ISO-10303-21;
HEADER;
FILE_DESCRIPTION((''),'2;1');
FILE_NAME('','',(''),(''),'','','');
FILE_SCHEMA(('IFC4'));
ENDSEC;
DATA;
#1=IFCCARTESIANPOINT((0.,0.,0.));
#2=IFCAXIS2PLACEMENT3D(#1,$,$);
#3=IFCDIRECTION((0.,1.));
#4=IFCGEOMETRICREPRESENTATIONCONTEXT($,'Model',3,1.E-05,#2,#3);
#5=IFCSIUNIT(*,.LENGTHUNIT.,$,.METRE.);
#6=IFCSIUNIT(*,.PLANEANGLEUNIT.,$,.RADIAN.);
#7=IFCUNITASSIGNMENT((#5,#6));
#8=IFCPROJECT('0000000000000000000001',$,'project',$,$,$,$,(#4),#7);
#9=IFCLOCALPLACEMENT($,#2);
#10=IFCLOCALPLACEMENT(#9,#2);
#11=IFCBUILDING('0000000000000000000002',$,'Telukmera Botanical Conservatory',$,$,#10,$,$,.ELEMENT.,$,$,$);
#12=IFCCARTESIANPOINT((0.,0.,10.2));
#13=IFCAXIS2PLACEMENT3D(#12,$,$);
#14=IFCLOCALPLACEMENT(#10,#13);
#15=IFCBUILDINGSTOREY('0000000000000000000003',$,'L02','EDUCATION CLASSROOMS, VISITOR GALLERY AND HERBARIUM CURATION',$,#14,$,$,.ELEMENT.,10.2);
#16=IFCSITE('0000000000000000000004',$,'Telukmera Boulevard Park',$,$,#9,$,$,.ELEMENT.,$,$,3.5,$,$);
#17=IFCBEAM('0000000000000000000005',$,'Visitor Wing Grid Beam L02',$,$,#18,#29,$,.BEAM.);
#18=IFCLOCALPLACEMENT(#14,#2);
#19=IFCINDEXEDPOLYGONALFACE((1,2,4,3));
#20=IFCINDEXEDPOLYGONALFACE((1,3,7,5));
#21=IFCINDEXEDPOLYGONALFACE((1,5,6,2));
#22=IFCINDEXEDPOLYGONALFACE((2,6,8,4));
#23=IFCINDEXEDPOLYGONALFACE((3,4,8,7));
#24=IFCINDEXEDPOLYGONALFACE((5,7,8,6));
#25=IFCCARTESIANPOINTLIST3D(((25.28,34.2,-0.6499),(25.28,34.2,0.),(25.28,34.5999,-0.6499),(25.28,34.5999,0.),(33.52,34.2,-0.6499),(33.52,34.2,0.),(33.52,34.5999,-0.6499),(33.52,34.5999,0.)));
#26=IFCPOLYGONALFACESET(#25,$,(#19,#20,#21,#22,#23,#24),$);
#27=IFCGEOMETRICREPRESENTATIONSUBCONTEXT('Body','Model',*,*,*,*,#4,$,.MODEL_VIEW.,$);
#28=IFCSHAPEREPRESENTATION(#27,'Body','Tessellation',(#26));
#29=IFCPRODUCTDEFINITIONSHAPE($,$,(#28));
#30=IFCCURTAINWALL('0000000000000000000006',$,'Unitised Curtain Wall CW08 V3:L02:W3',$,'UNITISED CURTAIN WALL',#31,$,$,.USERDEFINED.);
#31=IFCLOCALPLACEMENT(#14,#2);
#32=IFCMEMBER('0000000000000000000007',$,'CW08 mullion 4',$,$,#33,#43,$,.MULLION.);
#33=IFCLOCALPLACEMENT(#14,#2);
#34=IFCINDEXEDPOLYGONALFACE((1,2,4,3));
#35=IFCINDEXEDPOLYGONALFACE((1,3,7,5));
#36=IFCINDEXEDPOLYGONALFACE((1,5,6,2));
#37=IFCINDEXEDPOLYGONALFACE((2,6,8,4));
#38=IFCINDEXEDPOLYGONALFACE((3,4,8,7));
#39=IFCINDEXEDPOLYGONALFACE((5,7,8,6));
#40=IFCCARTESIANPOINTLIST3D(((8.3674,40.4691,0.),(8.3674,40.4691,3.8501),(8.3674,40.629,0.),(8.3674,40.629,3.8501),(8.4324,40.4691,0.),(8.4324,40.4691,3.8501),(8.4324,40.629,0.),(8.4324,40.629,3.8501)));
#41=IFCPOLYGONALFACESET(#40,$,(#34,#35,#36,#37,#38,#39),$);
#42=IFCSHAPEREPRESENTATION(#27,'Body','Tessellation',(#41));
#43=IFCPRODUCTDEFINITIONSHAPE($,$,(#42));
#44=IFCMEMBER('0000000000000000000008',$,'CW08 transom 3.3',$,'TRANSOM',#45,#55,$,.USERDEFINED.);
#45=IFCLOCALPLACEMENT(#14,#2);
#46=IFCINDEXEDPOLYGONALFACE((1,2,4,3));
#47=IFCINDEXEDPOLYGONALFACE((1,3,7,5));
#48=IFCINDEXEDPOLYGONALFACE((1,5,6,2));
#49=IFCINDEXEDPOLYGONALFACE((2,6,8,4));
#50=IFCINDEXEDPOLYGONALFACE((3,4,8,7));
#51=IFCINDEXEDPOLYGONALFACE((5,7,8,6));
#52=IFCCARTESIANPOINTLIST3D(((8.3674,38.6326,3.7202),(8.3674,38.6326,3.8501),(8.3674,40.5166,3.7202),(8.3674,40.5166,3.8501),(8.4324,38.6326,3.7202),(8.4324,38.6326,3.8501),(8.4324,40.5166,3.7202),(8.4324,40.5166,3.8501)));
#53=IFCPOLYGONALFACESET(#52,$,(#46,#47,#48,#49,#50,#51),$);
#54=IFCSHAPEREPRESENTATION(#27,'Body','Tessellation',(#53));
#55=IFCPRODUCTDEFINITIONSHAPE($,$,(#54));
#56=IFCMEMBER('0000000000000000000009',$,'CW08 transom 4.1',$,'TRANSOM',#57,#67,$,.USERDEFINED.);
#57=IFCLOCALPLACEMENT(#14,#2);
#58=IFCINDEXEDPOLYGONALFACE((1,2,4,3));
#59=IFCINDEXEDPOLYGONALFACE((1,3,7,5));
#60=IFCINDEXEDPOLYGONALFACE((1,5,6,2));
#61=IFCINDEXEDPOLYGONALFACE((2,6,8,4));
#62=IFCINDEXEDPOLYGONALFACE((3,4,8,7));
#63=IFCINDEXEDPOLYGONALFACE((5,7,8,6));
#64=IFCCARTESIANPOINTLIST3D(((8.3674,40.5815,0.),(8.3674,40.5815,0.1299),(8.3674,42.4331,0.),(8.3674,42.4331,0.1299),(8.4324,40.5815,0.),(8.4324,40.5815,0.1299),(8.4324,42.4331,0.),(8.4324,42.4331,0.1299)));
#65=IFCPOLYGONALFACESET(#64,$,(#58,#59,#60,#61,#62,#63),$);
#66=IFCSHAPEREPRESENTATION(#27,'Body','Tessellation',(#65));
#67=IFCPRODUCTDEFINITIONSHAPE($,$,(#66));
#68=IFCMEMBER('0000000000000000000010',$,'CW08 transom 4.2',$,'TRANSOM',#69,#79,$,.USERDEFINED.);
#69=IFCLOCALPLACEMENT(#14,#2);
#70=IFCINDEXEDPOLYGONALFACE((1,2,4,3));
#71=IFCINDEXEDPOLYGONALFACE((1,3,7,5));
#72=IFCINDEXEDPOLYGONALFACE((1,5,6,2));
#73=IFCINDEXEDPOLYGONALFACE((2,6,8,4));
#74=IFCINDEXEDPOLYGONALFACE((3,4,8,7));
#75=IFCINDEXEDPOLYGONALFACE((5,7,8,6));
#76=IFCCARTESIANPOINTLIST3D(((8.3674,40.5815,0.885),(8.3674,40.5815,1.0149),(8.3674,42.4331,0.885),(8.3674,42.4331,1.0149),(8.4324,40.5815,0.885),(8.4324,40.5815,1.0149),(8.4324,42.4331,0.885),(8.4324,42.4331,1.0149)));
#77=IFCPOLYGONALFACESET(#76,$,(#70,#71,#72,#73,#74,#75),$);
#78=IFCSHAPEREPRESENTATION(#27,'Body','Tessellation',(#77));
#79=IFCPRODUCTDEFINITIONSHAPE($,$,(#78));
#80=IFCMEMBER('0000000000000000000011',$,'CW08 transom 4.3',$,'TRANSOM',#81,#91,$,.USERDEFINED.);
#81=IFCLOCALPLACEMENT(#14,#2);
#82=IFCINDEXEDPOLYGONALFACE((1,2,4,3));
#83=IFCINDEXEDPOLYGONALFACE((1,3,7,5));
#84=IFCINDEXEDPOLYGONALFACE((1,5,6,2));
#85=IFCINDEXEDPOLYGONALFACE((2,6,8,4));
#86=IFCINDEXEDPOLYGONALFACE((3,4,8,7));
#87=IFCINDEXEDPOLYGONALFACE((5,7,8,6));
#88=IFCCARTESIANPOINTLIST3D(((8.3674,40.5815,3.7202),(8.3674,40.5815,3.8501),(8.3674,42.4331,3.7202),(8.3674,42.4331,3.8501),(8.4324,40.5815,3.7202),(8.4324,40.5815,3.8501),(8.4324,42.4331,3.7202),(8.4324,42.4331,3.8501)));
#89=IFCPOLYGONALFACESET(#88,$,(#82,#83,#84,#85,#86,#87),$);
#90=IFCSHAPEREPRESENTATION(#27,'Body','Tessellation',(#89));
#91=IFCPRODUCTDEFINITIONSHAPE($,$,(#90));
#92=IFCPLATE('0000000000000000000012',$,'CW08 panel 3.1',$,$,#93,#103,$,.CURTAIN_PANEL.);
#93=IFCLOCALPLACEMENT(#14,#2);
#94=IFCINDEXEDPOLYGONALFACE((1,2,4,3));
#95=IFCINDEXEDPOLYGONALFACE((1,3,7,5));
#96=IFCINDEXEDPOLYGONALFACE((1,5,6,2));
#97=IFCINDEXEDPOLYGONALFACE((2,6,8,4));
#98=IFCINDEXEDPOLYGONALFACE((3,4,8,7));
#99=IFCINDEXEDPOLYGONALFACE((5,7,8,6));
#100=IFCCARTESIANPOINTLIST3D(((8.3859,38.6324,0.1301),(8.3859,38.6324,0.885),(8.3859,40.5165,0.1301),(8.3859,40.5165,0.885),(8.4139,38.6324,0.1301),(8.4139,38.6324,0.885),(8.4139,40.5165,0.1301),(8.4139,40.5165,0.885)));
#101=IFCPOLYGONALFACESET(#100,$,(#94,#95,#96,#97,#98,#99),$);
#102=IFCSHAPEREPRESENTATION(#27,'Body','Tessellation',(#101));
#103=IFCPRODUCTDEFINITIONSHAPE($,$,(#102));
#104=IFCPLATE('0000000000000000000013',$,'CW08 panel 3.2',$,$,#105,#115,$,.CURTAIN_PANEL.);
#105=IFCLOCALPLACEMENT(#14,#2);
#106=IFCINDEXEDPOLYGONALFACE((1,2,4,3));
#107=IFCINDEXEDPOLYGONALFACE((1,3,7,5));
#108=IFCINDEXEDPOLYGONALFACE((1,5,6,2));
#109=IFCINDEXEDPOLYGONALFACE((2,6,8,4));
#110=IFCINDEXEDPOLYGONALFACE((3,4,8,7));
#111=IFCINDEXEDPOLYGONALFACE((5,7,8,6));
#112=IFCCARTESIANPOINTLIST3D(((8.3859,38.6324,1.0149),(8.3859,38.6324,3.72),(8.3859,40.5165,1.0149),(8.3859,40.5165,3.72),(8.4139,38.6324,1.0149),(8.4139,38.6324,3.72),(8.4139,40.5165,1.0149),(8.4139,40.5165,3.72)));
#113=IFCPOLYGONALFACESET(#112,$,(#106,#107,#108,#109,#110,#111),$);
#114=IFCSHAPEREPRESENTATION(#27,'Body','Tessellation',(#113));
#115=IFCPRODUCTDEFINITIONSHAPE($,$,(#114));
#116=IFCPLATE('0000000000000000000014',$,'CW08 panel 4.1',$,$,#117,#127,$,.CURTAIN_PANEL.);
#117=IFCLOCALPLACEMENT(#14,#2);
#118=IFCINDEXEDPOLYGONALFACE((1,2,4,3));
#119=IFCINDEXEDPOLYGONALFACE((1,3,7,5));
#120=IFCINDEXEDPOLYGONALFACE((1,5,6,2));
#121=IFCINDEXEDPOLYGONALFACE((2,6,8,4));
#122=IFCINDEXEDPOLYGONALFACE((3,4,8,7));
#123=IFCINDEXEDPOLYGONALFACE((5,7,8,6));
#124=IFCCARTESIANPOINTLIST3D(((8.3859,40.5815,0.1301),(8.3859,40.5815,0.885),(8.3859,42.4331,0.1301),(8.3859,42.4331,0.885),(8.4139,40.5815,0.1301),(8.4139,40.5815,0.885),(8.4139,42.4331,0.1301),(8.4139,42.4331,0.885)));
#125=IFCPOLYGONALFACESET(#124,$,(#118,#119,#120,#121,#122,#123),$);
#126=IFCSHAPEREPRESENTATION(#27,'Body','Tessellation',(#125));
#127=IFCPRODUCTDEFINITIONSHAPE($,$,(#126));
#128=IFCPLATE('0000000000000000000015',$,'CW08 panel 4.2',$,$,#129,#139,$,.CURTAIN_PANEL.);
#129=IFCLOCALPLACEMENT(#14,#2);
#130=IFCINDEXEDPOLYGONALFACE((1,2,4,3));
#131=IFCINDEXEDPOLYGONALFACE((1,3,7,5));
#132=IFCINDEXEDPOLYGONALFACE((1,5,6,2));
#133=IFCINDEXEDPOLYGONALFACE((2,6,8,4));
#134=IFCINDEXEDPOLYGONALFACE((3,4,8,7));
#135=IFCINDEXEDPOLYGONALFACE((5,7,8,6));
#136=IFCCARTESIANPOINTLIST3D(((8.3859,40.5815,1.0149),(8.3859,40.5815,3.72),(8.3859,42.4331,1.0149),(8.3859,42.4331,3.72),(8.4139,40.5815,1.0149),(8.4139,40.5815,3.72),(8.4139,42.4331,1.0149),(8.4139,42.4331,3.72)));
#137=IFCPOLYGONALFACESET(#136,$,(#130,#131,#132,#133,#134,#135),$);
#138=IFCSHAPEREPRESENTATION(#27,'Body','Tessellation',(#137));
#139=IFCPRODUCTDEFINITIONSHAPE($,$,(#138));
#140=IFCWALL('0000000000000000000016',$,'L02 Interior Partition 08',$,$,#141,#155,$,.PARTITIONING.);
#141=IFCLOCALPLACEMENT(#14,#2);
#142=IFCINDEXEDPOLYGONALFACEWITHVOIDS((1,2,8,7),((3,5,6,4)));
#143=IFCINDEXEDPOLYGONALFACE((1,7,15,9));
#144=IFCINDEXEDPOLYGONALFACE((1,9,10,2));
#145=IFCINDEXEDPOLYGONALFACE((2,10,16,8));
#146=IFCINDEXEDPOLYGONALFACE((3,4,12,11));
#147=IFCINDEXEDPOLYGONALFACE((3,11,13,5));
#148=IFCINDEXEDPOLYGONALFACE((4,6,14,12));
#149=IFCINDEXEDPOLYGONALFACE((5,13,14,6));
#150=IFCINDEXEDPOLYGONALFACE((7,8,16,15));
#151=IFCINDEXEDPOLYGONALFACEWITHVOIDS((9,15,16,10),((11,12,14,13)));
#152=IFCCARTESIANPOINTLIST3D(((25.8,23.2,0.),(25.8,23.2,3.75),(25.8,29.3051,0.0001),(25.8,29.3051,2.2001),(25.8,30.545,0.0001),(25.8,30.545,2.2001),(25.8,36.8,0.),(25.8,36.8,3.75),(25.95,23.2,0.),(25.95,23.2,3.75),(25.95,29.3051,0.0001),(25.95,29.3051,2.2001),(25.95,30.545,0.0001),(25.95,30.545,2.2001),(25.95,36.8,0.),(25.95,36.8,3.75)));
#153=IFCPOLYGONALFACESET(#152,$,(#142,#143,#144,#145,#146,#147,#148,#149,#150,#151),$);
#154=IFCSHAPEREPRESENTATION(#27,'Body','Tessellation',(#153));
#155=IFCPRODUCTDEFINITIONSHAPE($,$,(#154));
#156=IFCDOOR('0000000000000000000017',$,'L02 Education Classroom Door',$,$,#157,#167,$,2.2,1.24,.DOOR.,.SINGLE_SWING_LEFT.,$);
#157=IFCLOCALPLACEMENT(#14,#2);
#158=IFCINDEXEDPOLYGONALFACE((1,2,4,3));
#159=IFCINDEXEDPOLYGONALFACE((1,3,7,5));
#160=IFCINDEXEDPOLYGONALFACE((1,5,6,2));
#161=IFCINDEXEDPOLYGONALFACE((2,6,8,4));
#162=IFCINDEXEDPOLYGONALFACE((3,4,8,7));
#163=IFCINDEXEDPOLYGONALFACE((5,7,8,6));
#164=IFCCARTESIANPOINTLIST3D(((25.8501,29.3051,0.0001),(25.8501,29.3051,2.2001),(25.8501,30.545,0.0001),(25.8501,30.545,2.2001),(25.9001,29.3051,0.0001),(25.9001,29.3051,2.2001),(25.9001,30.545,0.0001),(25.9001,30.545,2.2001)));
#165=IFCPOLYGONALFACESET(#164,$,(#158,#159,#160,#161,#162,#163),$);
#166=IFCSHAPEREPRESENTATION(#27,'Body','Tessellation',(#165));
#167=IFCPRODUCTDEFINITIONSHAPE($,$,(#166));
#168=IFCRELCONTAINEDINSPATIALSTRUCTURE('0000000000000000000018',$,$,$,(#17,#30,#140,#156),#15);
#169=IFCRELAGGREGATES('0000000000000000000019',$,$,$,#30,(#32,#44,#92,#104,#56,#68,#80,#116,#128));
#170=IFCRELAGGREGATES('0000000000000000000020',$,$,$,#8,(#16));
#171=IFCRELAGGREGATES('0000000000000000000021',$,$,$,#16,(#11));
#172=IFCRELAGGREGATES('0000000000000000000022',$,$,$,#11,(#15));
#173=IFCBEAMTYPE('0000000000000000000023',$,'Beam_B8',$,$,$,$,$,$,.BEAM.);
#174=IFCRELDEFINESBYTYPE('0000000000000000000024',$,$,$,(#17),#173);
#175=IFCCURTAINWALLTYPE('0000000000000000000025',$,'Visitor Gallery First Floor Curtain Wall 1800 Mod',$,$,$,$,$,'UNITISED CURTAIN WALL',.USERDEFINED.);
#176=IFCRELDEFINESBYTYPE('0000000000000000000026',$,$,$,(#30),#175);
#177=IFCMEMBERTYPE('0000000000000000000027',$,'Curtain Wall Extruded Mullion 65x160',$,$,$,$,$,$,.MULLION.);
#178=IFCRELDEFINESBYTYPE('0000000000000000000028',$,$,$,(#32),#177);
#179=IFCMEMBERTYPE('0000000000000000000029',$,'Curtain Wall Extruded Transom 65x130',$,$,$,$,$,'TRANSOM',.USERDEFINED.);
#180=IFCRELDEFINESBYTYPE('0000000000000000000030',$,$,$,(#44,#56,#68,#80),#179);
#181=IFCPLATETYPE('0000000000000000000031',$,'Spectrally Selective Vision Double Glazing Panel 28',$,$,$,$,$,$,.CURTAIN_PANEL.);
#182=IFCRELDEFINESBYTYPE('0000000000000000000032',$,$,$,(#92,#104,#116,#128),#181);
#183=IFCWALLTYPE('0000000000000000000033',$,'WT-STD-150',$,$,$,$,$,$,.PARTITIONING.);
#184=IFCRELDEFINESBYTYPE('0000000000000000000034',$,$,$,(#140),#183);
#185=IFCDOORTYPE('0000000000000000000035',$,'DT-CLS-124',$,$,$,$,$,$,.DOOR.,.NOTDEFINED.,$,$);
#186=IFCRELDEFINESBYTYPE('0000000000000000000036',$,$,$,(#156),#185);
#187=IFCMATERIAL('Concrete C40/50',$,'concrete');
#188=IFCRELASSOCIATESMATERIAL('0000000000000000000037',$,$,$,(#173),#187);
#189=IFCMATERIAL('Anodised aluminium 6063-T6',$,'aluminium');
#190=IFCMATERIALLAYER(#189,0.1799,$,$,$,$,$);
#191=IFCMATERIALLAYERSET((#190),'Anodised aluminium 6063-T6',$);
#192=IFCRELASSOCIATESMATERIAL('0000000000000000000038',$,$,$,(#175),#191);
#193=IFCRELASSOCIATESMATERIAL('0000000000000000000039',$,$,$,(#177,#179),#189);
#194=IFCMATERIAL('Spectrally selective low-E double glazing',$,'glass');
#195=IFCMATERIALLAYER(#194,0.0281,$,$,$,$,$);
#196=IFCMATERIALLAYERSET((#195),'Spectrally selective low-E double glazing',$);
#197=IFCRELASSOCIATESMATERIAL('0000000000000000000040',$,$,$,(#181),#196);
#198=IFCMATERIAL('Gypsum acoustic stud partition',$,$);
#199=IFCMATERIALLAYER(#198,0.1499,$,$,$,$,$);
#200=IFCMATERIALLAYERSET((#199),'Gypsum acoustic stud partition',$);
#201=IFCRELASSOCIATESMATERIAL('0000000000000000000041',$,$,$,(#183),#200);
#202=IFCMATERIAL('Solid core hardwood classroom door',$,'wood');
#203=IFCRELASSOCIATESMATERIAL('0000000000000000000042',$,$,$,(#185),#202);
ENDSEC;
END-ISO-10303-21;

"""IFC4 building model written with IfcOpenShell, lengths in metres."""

from ifc_helpers import new_model, si_unit, direction, frame, frame_2d, origin, origin_2d, place, context, subcontext, project, spatial, rectangle, extrude, material, layer, layer_set, material_profile, profile_set, type_object, element, fill, aggregate, save


model = new_model("IFC4")

# Units and contexts
model_context = context("Model", 3, precision=1e-05, world=origin(), true_north=direction((0.0, 1.0)))
body_context = subcontext(model_context, "Body", "Model", "MODEL_VIEW")
ifc_project = project(units=[si_unit("LENGTHUNIT", "METRE"), si_unit("PLANEANGLEUNIT", "RADIAN")], contexts=[model_context])

# Site, building, storey
site_placement = place(None, origin())
site = spatial("IfcSite", under=ifc_project, at=site_placement, Name="Telukmera Boulevard Park", CompositionType="ELEMENT", RefElevation=3.5)
building_placement = place(site_placement, origin())
building = spatial("IfcBuilding", under=site, at=building_placement, Name="Telukmera Botanical Conservatory", CompositionType="ELEMENT")
storey_placement = place(building_placement, frame((0.0, 0.0, 10.2)))
storey = spatial("IfcBuildingStorey", under=building, at=storey_placement, Name="L02", Description="EDUCATION CLASSROOMS, VISITOR GALLERY AND HERBARIUM CURATION", CompositionType="ELEMENT", Elevation=10.2)

# Shared definitions
ifc_material_1 = material(Name="Concrete C40/50", Category="concrete")

# Beam
ifc_material_profile_1 = material_profile(ifc_material_1, rectangle(XDim=0.3999, YDim=0.6499, at=origin_2d()), Name="RC 400x650")
ifc_profile_set_1 = profile_set([ifc_material_profile_1], Name="Concrete C40/50")
beam_type_1 = type_object("IfcBeamType", Name="Beam_B8", PredefinedType="BEAM", material=ifc_profile_set_1)
beam_1_placement = place(storey_placement, frame((25.28, 34.3999, -0.325), z_axis=(1.0, 0.0, 0.0), x_axis=(0.0, 1.0, 0.0)))
element("IfcBeam", 1, at=beam_1_placement, inside=storey, type_object=beam_type_1, Name="Visitor Wing Grid Beam L02", PredefinedType="BEAM", context=body_context, shape_type="SweptSolid", body=[
    extrude(rectangle(XDim=0.3999, YDim=0.6499, at=origin_2d()), origin(), (0.0, 0.0, 1.0), 8.24),
])

# Curtain wall, members, plates
ifc_material_2 = material(Name="Anodised aluminium 6063-T6", Category="aluminium")
ifc_layer_1 = layer(ifc_material_2, 0.1799)
ifc_layer_set_1 = layer_set([ifc_layer_1], Name="Anodised aluminium 6063-T6")
curtain_wall_type = type_object("IfcCurtainWallType", Name="Visitor Gallery First Floor Curtain Wall 1800 Mod", ElementType="UNITISED CURTAIN WALL", PredefinedType="USERDEFINED", material=ifc_layer_set_1)
curtain_wall_placement = place(storey_placement, origin())
curtain_wall = element("IfcCurtainWall", 2, at=curtain_wall_placement, inside=storey, type_object=curtain_wall_type, Name="Unitised Curtain Wall CW08 V3:L02:W3", ObjectType="UNITISED CURTAIN WALL", PredefinedType="USERDEFINED")
ifc_material_profile_2 = material_profile(ifc_material_2, rectangle(XDim=0.0649, YDim=0.1599, at=origin_2d()), Name="ALU MULL 65x160")
ifc_profile_set_2 = profile_set([ifc_material_profile_2], Name="Anodised aluminium 6063-T6")
member_type_1 = type_object("IfcMemberType", Name="Curtain Wall Extruded Mullion 65x160", PredefinedType="MULLION", material=ifc_profile_set_2)
member_1_placement = place(storey_placement, frame((8.3999, 40.5491, 0.0), z_axis=(0.0, 0.0, 1.0), x_axis=(-1.0, 0.0, 0.0)))
member_1 = element("IfcMember", 3, at=member_1_placement, type_object=member_type_1, Name="CW08 mullion 4", PredefinedType="MULLION", context=body_context, shape_type="SweptSolid", body=[
    extrude(rectangle(XDim=0.0649, YDim=0.1599, at=origin_2d()), origin(), (0.0, 0.0, 1.0), 3.8501),
])
ifc_material_profile_3 = material_profile(ifc_material_2, rectangle(XDim=0.0649, YDim=0.1299, at=origin_2d()), Name="ALU TRAN 65x130")
ifc_profile_set_3 = profile_set([ifc_material_profile_3], Name="Anodised aluminium 6063-T6")
member_type_2 = type_object("IfcMemberType", Name="Curtain Wall Extruded Transom 65x130", ElementType="TRANSOM", PredefinedType="USERDEFINED", material=ifc_profile_set_3)
member_2_placement = place(storey_placement, frame((8.3999, 38.6326, 3.7852), z_axis=(0.0, 1.0, 0.0), x_axis=(-1.0, 0.0, 0.0)))
member_2 = element("IfcMember", 4, at=member_2_placement, type_object=member_type_2, Name="CW08 transom 3.3", ObjectType="TRANSOM", PredefinedType="USERDEFINED", context=body_context, shape_type="SweptSolid", body=[
    extrude(rectangle(XDim=0.0649, YDim=0.1299, at=origin_2d()), origin(), (0.0, 0.0, 1.0), 1.884),
])
member_3_placement = place(storey_placement, frame((8.3999, 40.5815, 0.0649), z_axis=(0.0, 1.0, 0.0), x_axis=(-1.0, 0.0, 0.0)))
member_3 = element("IfcMember", 5, at=member_3_placement, type_object=member_type_2, Name="CW08 transom 4.1", ObjectType="TRANSOM", PredefinedType="USERDEFINED", context=body_context, shape_type="SweptSolid", body=[
    extrude(rectangle(XDim=0.0649, YDim=0.1299, at=origin_2d()), origin(), (0.0, 0.0, 1.0), 1.8516),
])
member_4_placement = place(storey_placement, frame((8.3999, 40.5815, 0.95), z_axis=(0.0, 1.0, 0.0), x_axis=(-1.0, 0.0, 0.0)))
member_4 = element("IfcMember", 6, at=member_4_placement, type_object=member_type_2, Name="CW08 transom 4.2", ObjectType="TRANSOM", PredefinedType="USERDEFINED", context=body_context, shape_type="SweptSolid", body=[
    extrude(rectangle(XDim=0.0649, YDim=0.1299, at=origin_2d()), origin(), (0.0, 0.0, 1.0), 1.8516),
])
member_5_placement = place(storey_placement, frame((8.3999, 40.5815, 3.7852), z_axis=(0.0, 1.0, 0.0), x_axis=(-1.0, 0.0, 0.0)))
member_5 = element("IfcMember", 7, at=member_5_placement, type_object=member_type_2, Name="CW08 transom 4.3", ObjectType="TRANSOM", PredefinedType="USERDEFINED", context=body_context, shape_type="SweptSolid", body=[
    extrude(rectangle(XDim=0.0649, YDim=0.1299, at=origin_2d()), origin(), (0.0, 0.0, 1.0), 1.8516),
])
ifc_material_3 = material(Name="Spectrally selective low-E double glazing", Category="glass")
ifc_layer_2 = layer(ifc_material_3, 0.0281)
ifc_layer_set_2 = layer_set([ifc_layer_2], Name="Spectrally selective low-E double glazing")
plate_type = type_object("IfcPlateType", Name="Spectrally Selective Vision Double Glazing Panel 28", PredefinedType="CURTAIN_PANEL", material=ifc_layer_set_2)
plate_1_placement = place(storey_placement, frame((8.3999, 39.5745, 0.1301), z_axis=(0.0, 0.0, 1.0), x_axis=(0.0, 1.0, 0.0)))
plate_1 = element("IfcPlate", 8, at=plate_1_placement, type_object=plate_type, Name="CW08 panel 3.1", PredefinedType="CURTAIN_PANEL", context=body_context, shape_type="SweptSolid", body=[
    extrude(rectangle(XDim=1.884, YDim=0.0281, at=origin_2d()), origin(), (0.0, 0.0, 1.0), 0.7549),
])
plate_2_placement = place(storey_placement, frame((8.3999, 39.5745, 1.0149), z_axis=(0.0, 0.0, 1.0), x_axis=(0.0, 1.0, 0.0)))
plate_2 = element("IfcPlate", 9, at=plate_2_placement, type_object=plate_type, Name="CW08 panel 3.2", PredefinedType="CURTAIN_PANEL", context=body_context, shape_type="SweptSolid", body=[
    extrude(rectangle(XDim=1.884, YDim=0.0281, at=origin_2d()), origin(), (0.0, 0.0, 1.0), 2.7051),
])
plate_3_placement = place(storey_placement, frame((8.3999, 41.5073, 0.1301), z_axis=(0.0, 0.0, 1.0), x_axis=(0.0, 1.0, 0.0)))
plate_3 = element("IfcPlate", 10, at=plate_3_placement, type_object=plate_type, Name="CW08 panel 4.1", PredefinedType="CURTAIN_PANEL", context=body_context, shape_type="SweptSolid", body=[
    extrude(rectangle(XDim=1.8516, YDim=0.0281, at=origin_2d()), origin(), (0.0, 0.0, 1.0), 0.7549),
])
plate_4_placement = place(storey_placement, frame((8.3999, 41.5073, 1.0149), z_axis=(0.0, 0.0, 1.0), x_axis=(0.0, 1.0, 0.0)))
plate_4 = element("IfcPlate", 11, at=plate_4_placement, type_object=plate_type, Name="CW08 panel 4.2", PredefinedType="CURTAIN_PANEL", context=body_context, shape_type="SweptSolid", body=[
    extrude(rectangle(XDim=1.8516, YDim=0.0281, at=origin_2d()), origin(), (0.0, 0.0, 1.0), 2.7051),
])
aggregate(curtain_wall, [member_1, member_2, plate_1, plate_2, member_3, member_4, member_5, plate_3, plate_4])

# Wall, opening, door
ifc_material_4 = material(Name="Gypsum acoustic stud partition")
ifc_layer_3 = layer(ifc_material_4, 0.1499)
ifc_layer_set_3 = layer_set([ifc_layer_3], Name="Gypsum acoustic stud partition")
wall_type_1 = type_object("IfcWallType", Name="WT-STD-150", PredefinedType="PARTITIONING", material=ifc_layer_set_3)
wall_1_placement = place(storey_placement, frame((25.875, 23.2, 0.0), z_axis=(0.0, 0.0, 1.0), x_axis=(0.0, 1.0, 0.0)))
wall_1 = element("IfcWall", 12, at=wall_1_placement, inside=storey, type_object=wall_type_1, Name="L02 Interior Partition 08", PredefinedType="PARTITIONING", context=body_context, shape_type="SweptSolid", body=[
    extrude(rectangle(XDim=13.6001, YDim=0.1499, at=frame_2d((6.8, 0.0))), origin(), (0.0, 0.0, 1.0), 3.75),
])
opening_1_placement = place(wall_1_placement, frame((6.105, 0.0, 0.0)))
opening_1 = element("IfcOpeningElement", 13, at=opening_1_placement, cuts=wall_1, PredefinedType="OPENING", context=body_context, shape_type="SweptSolid", body=[
    extrude(rectangle(XDim=1.24, YDim=2.2, at=frame_2d((0.6201, 1.1001))), frame((0.0, 0.085, 0.0), z_axis=(0.0, -1.0, 0.0), x_axis=(1.0, 0.0, 0.0)), (0.0, 0.0, 1.0), 0.1699),
])
ifc_material_5 = material(Name="Solid core hardwood classroom door", Category="wood")
door_type_1 = type_object("IfcDoorType", Name="DT-CLS-124", OperationType="NOTDEFINED", PredefinedType="DOOR", material=ifc_material_5)
door_1_placement = place(opening_1_placement, origin())
door_1 = element("IfcDoor", 14, at=door_1_placement, inside=storey, type_object=door_type_1, Name="L02 Education Classroom Door", OperationType="SINGLE_SWING_LEFT", OverallHeight=2.2, OverallWidth=1.24, PredefinedType="DOOR", context=body_context, shape_type="SweptSolid", body=[
    extrude(rectangle(XDim=1.24, YDim=2.2, at=frame_2d((0.6201, 1.1001))), frame((0.0, 0.0249, 0.0), z_axis=(0.0, -1.0, 0.0), x_axis=(1.0, 0.0, 0.0)), (0.0, 0.0, 1.0), 0.05),
])
fill(opening_1, door_1)

save(model, "model.ifc")
